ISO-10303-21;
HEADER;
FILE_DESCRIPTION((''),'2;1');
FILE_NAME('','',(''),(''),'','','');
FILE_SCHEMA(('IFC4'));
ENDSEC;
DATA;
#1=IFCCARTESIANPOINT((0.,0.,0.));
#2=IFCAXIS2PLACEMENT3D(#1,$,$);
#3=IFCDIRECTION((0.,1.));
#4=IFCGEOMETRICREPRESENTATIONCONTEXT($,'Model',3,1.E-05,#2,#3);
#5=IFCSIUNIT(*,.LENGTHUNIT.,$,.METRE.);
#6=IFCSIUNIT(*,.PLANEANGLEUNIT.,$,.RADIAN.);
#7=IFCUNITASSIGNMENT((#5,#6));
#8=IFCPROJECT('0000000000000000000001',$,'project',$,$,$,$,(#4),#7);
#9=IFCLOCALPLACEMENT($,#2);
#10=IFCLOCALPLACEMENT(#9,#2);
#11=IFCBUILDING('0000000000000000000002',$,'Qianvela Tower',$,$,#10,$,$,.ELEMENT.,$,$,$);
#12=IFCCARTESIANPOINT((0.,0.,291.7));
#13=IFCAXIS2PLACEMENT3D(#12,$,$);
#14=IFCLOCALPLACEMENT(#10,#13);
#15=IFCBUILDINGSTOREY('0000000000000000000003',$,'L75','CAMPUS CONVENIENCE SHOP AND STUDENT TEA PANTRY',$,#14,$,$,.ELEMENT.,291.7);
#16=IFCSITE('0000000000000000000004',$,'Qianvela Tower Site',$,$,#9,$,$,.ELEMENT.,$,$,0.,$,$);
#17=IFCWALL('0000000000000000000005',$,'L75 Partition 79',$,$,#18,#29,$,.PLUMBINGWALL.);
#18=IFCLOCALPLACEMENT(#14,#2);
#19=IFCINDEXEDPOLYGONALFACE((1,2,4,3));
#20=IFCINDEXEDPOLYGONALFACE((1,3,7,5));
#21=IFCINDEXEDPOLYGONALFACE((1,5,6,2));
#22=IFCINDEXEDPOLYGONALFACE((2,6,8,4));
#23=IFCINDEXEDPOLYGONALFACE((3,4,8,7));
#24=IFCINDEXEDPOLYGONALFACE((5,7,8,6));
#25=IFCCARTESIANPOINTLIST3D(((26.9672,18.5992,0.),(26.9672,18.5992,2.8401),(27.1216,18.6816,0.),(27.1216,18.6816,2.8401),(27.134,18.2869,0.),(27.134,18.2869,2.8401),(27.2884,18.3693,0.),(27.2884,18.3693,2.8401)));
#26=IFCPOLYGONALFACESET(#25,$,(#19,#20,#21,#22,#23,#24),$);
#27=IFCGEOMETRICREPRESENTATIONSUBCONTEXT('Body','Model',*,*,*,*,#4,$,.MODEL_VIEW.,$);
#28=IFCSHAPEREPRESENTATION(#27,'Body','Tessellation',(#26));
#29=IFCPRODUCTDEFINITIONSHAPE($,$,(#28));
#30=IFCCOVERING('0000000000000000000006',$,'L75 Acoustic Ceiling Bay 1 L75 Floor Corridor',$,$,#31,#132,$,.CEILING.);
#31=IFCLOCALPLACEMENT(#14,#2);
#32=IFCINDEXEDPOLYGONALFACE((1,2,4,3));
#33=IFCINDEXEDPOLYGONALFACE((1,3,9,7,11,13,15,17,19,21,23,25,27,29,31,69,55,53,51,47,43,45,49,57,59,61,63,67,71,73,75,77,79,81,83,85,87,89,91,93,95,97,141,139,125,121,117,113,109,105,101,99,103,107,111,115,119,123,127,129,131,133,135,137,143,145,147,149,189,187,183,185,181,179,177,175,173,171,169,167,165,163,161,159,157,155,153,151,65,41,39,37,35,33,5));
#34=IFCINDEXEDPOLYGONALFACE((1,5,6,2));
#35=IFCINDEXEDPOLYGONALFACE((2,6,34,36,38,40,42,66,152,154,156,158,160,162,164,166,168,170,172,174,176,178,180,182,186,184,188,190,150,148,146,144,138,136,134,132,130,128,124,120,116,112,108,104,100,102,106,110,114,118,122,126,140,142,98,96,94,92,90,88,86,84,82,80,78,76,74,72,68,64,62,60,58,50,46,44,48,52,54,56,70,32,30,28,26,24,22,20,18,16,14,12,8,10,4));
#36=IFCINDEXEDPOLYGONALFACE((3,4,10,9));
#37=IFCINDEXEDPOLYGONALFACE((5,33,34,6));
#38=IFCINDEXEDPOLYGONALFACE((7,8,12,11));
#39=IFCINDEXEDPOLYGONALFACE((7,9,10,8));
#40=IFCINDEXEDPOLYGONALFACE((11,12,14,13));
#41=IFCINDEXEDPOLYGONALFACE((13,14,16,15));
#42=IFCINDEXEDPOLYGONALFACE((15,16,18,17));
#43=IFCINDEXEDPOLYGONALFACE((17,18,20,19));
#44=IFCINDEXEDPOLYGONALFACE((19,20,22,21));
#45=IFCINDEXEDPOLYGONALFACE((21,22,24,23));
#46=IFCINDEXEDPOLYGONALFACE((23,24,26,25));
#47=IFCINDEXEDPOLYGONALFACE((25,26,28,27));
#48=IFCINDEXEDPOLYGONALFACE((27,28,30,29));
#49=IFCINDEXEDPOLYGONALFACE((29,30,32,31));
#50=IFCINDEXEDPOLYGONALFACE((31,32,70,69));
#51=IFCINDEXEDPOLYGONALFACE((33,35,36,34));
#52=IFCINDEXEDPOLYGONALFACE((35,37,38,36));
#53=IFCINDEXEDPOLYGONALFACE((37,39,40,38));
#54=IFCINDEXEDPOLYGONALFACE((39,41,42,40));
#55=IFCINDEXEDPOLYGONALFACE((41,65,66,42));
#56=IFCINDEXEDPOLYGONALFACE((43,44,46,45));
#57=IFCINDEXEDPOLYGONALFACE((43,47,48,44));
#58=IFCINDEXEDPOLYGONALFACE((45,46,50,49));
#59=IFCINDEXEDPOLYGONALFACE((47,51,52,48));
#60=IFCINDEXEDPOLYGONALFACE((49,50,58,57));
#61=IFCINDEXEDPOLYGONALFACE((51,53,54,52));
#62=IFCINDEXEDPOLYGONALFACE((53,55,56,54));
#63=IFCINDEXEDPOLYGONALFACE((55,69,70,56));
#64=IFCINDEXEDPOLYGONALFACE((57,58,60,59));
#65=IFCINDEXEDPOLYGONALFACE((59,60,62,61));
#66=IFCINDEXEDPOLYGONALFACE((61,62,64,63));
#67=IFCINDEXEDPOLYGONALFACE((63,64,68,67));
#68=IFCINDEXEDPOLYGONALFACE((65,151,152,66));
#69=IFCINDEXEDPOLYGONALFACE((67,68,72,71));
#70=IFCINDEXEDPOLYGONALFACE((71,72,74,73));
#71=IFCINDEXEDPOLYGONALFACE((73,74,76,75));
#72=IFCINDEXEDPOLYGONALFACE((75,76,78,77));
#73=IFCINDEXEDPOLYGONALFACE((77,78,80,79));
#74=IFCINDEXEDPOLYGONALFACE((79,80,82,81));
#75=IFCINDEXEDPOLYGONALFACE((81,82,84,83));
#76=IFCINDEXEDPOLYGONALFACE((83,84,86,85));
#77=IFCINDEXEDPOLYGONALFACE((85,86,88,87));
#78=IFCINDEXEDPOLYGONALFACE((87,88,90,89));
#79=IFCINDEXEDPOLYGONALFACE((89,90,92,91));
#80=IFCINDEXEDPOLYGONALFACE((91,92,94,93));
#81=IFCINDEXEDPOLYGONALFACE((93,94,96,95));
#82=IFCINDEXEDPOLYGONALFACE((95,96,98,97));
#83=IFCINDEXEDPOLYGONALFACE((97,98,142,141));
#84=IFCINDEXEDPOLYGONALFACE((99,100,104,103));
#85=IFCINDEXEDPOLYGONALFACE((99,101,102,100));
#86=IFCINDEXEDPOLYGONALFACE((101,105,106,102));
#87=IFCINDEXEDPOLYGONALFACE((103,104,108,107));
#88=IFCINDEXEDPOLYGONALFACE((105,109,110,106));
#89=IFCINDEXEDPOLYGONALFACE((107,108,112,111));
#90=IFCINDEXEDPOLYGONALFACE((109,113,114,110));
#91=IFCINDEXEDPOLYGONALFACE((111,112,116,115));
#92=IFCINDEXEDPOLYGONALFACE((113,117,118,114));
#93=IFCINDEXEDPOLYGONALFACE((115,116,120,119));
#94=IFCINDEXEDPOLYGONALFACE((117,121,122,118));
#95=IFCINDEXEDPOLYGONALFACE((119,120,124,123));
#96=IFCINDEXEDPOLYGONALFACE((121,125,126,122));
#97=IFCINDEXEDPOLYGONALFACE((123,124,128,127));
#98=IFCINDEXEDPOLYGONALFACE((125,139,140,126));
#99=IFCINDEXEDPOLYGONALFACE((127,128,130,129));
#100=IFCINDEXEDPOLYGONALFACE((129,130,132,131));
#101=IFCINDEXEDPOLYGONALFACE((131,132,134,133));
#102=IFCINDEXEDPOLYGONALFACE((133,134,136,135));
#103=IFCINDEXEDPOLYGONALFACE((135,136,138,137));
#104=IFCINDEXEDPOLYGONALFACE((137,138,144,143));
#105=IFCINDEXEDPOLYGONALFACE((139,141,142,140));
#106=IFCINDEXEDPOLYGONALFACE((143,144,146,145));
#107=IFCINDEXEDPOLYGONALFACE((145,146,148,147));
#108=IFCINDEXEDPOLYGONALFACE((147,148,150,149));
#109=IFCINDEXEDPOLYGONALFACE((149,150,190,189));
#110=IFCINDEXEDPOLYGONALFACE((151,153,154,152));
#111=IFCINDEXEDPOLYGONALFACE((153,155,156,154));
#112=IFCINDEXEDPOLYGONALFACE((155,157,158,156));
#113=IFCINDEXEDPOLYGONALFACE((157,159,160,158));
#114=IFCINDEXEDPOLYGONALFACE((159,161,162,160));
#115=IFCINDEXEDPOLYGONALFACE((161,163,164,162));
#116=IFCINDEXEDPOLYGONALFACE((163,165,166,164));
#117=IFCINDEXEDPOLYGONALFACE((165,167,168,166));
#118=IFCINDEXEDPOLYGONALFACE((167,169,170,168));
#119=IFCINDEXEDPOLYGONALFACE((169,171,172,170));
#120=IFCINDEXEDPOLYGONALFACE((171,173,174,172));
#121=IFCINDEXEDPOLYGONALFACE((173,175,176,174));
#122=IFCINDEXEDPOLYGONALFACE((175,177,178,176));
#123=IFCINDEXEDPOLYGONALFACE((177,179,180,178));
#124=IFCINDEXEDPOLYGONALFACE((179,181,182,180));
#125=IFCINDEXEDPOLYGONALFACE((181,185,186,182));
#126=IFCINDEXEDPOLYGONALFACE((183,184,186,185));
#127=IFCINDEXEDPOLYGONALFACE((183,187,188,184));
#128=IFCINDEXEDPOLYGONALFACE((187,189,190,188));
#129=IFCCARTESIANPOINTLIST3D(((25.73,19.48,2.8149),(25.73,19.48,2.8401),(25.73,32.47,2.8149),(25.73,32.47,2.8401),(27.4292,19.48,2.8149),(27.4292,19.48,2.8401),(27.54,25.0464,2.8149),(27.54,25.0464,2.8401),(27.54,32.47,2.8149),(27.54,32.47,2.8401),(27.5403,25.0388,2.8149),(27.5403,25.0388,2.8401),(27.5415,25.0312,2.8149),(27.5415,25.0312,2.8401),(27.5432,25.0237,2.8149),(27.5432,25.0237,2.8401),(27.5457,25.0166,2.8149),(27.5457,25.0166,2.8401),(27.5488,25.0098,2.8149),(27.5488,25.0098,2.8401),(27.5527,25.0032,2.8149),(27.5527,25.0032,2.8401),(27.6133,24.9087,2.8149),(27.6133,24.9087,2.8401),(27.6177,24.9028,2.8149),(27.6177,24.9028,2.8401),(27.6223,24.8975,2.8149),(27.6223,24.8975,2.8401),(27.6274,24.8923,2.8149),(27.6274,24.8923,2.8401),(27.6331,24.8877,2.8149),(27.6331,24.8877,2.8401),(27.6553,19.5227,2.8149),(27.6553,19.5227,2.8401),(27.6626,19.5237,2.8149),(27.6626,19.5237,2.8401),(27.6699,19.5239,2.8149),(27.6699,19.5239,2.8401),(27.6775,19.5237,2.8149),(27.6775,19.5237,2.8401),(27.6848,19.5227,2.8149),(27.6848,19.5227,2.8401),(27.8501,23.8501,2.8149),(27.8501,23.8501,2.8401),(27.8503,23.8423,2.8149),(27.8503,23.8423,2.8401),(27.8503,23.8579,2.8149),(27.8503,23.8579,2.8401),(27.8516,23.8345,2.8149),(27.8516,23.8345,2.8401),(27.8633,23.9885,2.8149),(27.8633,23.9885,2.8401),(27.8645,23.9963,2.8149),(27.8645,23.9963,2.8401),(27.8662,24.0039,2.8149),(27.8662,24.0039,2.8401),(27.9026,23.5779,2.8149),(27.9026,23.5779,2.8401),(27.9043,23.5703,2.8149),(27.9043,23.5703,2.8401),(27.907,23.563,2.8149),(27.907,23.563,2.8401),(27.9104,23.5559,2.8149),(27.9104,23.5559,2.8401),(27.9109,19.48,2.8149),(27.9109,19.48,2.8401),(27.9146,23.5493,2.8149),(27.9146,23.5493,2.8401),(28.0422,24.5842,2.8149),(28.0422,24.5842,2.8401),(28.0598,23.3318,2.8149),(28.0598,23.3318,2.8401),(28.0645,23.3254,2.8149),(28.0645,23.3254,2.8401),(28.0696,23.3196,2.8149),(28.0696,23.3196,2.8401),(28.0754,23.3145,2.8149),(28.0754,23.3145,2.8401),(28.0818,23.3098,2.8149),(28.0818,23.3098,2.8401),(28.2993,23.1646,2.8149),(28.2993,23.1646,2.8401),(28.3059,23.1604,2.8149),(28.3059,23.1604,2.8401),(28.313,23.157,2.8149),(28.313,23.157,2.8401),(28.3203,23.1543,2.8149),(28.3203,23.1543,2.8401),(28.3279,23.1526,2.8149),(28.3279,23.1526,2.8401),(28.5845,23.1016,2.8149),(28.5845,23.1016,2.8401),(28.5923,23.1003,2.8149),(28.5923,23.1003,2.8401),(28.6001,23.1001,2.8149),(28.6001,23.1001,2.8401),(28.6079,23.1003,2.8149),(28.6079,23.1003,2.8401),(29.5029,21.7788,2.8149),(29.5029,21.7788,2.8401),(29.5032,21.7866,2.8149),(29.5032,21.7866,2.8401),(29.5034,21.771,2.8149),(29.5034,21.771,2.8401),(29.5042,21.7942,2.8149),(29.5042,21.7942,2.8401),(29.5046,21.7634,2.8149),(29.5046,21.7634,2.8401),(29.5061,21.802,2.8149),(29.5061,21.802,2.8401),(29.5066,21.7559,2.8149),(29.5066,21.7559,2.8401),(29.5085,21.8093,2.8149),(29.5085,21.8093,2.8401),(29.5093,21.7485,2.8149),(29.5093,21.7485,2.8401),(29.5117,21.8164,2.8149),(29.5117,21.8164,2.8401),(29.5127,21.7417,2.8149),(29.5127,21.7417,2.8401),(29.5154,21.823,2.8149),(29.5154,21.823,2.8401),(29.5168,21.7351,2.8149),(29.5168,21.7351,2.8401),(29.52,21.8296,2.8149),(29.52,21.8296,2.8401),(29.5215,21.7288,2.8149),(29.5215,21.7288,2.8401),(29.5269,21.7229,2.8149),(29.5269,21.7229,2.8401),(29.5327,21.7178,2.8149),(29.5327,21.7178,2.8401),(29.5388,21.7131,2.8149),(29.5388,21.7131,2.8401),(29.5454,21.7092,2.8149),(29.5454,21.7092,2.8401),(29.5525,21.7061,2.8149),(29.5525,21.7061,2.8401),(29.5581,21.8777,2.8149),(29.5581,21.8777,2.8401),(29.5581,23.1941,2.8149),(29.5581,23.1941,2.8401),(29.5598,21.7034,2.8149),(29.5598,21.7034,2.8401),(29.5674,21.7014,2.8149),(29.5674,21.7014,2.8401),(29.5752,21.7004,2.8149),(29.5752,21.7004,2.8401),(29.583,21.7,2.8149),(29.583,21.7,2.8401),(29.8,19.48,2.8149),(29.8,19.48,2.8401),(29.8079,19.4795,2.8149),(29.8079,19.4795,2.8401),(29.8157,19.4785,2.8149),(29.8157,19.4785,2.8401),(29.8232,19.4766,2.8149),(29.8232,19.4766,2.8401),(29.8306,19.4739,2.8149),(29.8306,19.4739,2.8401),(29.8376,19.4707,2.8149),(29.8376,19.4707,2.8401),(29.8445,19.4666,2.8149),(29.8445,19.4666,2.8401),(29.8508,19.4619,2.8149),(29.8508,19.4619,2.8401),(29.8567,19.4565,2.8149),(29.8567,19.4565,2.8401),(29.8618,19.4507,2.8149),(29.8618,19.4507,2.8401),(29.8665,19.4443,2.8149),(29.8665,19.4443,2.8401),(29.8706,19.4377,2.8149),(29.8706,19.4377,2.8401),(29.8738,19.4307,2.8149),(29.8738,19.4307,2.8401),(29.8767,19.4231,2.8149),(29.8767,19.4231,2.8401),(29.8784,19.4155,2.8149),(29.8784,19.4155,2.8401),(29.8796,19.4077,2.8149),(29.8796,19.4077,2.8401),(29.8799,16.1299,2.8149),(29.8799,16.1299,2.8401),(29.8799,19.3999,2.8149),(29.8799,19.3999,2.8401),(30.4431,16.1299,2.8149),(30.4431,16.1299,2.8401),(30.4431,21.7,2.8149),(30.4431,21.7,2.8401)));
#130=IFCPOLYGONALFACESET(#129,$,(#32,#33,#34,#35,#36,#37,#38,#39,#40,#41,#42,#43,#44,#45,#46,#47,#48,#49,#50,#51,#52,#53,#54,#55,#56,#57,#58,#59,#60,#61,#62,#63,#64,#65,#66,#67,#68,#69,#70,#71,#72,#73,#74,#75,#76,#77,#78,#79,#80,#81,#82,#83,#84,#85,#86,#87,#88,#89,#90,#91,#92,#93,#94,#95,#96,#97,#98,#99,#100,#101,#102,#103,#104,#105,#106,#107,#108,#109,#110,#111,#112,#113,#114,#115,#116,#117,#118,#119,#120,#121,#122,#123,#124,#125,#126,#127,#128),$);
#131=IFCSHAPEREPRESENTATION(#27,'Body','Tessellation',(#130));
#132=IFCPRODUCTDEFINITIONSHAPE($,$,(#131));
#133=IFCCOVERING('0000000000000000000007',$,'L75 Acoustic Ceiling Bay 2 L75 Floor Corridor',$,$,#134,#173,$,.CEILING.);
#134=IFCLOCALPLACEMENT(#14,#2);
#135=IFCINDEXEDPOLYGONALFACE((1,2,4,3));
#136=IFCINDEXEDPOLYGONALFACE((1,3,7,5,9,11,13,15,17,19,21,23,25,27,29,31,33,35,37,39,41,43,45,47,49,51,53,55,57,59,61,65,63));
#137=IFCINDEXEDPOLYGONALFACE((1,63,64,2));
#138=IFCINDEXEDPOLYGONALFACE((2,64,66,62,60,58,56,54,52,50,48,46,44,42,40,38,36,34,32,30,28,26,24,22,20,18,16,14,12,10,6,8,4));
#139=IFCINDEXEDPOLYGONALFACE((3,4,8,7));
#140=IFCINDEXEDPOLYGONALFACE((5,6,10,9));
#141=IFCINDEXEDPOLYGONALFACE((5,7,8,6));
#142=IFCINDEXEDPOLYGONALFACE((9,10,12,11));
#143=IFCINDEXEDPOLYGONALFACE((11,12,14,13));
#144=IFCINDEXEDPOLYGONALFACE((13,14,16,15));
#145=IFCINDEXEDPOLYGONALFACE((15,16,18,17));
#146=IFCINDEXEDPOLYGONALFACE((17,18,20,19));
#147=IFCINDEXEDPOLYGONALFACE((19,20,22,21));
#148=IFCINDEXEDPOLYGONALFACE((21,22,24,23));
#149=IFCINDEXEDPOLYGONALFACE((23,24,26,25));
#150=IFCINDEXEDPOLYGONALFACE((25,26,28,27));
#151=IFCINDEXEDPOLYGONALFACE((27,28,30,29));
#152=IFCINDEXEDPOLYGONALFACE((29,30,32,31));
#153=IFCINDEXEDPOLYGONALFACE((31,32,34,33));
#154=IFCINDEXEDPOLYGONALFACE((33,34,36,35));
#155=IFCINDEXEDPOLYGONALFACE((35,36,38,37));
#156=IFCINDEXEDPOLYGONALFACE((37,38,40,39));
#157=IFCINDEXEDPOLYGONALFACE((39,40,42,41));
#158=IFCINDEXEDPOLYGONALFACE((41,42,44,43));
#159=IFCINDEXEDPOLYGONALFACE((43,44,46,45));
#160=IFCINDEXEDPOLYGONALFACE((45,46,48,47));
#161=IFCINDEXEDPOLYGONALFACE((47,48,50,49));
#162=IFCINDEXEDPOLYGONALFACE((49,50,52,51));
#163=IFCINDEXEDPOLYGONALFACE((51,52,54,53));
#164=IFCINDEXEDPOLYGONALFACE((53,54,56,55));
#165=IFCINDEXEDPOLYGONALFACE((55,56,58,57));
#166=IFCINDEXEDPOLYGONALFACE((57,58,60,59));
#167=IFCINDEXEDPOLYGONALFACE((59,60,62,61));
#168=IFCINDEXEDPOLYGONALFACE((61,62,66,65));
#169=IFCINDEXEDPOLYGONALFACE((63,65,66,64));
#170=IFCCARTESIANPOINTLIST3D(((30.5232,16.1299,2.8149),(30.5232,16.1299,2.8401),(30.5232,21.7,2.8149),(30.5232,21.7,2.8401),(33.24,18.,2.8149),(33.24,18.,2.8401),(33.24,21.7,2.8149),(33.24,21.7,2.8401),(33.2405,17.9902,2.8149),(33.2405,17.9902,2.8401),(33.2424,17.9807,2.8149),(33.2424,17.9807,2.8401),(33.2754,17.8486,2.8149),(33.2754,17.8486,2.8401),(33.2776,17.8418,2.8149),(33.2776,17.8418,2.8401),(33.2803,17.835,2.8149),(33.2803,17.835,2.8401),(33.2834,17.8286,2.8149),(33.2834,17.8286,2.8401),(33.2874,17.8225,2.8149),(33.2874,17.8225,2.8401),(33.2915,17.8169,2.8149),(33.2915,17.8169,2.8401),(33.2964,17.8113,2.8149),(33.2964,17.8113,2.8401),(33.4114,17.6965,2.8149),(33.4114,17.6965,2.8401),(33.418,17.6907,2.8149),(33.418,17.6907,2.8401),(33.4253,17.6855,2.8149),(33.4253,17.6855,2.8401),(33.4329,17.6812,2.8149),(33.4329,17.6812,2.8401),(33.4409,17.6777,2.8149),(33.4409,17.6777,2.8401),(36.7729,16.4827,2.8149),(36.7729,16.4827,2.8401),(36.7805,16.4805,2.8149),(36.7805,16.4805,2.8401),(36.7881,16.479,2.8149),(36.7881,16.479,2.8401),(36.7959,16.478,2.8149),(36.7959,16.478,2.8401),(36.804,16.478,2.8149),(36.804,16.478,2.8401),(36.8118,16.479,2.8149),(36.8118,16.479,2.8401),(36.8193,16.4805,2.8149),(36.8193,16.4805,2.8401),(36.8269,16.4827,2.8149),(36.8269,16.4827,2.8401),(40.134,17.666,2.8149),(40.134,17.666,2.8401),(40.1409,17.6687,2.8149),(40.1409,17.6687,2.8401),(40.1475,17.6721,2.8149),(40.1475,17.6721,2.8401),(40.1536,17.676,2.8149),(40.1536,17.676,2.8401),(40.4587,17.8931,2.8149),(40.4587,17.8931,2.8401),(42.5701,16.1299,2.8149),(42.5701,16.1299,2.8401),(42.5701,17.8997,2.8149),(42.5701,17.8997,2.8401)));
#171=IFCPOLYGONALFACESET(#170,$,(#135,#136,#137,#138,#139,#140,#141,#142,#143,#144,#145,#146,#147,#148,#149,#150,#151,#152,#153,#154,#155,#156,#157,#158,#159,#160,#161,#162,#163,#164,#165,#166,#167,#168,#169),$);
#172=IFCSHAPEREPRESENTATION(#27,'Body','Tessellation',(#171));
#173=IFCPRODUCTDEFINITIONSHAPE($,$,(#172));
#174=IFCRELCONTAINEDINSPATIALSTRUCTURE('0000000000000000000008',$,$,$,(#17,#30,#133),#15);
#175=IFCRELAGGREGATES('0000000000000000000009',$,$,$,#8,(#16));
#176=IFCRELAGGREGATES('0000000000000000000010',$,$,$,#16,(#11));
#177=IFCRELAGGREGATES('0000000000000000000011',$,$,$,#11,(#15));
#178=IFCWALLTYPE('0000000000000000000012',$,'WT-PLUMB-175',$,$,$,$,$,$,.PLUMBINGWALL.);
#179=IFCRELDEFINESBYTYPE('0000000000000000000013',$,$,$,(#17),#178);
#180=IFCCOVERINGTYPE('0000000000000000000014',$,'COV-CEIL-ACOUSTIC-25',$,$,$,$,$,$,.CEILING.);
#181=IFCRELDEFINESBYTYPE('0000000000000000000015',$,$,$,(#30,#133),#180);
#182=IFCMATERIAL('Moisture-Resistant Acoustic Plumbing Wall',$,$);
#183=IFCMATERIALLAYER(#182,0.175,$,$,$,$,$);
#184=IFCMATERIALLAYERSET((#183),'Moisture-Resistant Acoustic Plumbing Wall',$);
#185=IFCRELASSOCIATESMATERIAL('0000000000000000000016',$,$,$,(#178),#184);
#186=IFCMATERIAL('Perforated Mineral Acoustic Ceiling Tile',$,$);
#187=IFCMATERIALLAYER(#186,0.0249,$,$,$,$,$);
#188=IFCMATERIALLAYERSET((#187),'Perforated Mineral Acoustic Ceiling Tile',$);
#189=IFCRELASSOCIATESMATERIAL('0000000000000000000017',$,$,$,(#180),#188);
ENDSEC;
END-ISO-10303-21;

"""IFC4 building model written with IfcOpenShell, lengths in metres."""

from ifc_helpers import new_model, si_unit, direction, frame, frame_2d, origin, place, context, subcontext, project, spatial, polyline, rectangle, outline, extrude, material, layer, layer_set, type_object, element, save


model = new_model("IFC4")

# Units and contexts
model_context = context("Model", 3, precision=1e-05, world=origin(), true_north=direction((0.0, 1.0)))
body_context = subcontext(model_context, "Body", "Model", "MODEL_VIEW")
ifc_project = project(units=[si_unit("LENGTHUNIT", "METRE"), si_unit("PLANEANGLEUNIT", "RADIAN")], contexts=[model_context])

# Site, building, storey
site_placement = place(None, origin())
site = spatial("IfcSite", under=ifc_project, at=site_placement, Name="Qianvela Tower Site", CompositionType="ELEMENT", RefElevation=0.0)
building_placement = place(site_placement, origin())
building = spatial("IfcBuilding", under=site, at=building_placement, Name="Qianvela Tower", CompositionType="ELEMENT")
storey_placement = place(building_placement, frame((0.0, 0.0, 291.7)))
storey = spatial("IfcBuildingStorey", under=building, at=storey_placement, Name="L75", Description="CAMPUS CONVENIENCE SHOP AND STUDENT TEA PANTRY", CompositionType="ELEMENT", Elevation=291.7)

# Wall
ifc_material_1 = material(Name="Moisture-Resistant Acoustic Plumbing Wall")
ifc_layer_1 = layer(ifc_material_1, 0.175)
ifc_layer_set_1 = layer_set([ifc_layer_1], Name="Moisture-Resistant Acoustic Plumbing Wall")
wall_type_1 = type_object("IfcWallType", Name="WT-PLUMB-175", PredefinedType="PLUMBINGWALL", material=ifc_layer_set_1)
wall_1_placement = place(storey_placement, frame((27.0444, 18.6404, 0.0), z_axis=(0.0, 0.0, 1.0), x_axis=(0.471054, -0.882105, 0.0)))
element("IfcWall", 1, at=wall_1_placement, inside=storey, type_object=wall_type_1, Name="L75 Partition 79", PredefinedType="PLUMBINGWALL", context=body_context, shape_type="SweptSolid", body=[
    extrude(rectangle(XDim=0.354, YDim=0.175, at=frame_2d((0.177, 0.0))), origin(), (0.0, 0.0, 1.0), 2.8401),
])

# Coverings
ifc_material_2 = material(Name="Perforated Mineral Acoustic Ceiling Tile")
ifc_layer_2 = layer(ifc_material_2, 0.0249)
ifc_layer_set_2 = layer_set([ifc_layer_2], Name="Perforated Mineral Acoustic Ceiling Tile")
covering_type_1 = type_object("IfcCoveringType", Name="COV-CEIL-ACOUSTIC-25", PredefinedType="CEILING", material=ifc_layer_set_2)
covering_1_placement = place(storey_placement, frame((0.0, 0.0, 2.8149)))
element("IfcCovering", 2, at=covering_1_placement, inside=storey, type_object=covering_type_1, Name="L75 Acoustic Ceiling Bay 1 L75 Floor Corridor", PredefinedType="CEILING", context=body_context, shape_type="SweptSolid", body=[
    extrude(outline(polyline([(27.8501, 23.8501), (27.8503, 23.8423), (27.8516, 23.8345), (27.9026, 23.5779), (27.9043, 23.5703), (27.907, 23.563), (27.9104, 23.5559), (27.9146, 23.5493), (28.0598, 23.3318), (28.0645, 23.3254), (28.0696, 23.3196), (28.0754, 23.3145), (28.0818, 23.3098), (28.2993, 23.1646), (28.3059, 23.1604), (28.313, 23.157), (28.3203, 23.1543), (28.3279, 23.1526), (28.5845, 23.1016), (28.5923, 23.1003), (28.6001, 23.1001), (28.6079, 23.1003), (29.5581, 23.1941), (29.5581, 21.8777), (29.52, 21.8296), (29.5154, 21.823), (29.5117, 21.8164), (29.5085, 21.8093), (29.5061, 21.802), (29.5042, 21.7942), (29.5032, 21.7866), (29.5029, 21.7788), (29.5034, 21.771), (29.5046, 21.7634), (29.5066, 21.7559), (29.5093, 21.7485), (29.5127, 21.7417), (29.5168, 21.7351), (29.5215, 21.7288), (29.5269, 21.7229), (29.5327, 21.7178), (29.5388, 21.7131), (29.5454, 21.7092), (29.5525, 21.7061), (29.5598, 21.7034), (29.5674, 21.7014), (29.5752, 21.7004), (29.583, 21.7), (30.4431, 21.7), (30.4431, 16.1299), (29.8799, 16.1299), (29.8799, 19.3999), (29.8796, 19.4077), (29.8784, 19.4155), (29.8767, 19.4231), (29.8738, 19.4307), (29.8706, 19.4377), (29.8665, 19.4443), (29.8618, 19.4507), (29.8567, 19.4565), (29.8508, 19.4619), (29.8445, 19.4666), (29.8376, 19.4707), (29.8306, 19.4739), (29.8232, 19.4766), (29.8157, 19.4785), (29.8079, 19.4795), (29.8, 19.48), (27.9109, 19.48), (27.6848, 19.5227), (27.6775, 19.5237), (27.6699, 19.5239), (27.6626, 19.5237), (27.6553, 19.5227), (27.4292, 19.48), (25.73, 19.48), (25.73, 32.47), (27.54, 32.47), (27.54, 25.0464), (27.5403, 25.0388), (27.5415, 25.0312), (27.5432, 25.0237), (27.5457, 25.0166), (27.5488, 25.0098), (27.5527, 25.0032), (27.6133, 24.9087), (27.6177, 24.9028), (27.6223, 24.8975), (27.6274, 24.8923), (27.6331, 24.8877), (28.0422, 24.5842), (27.8662, 24.0039), (27.8645, 23.9963), (27.8633, 23.9885), (27.8503, 23.8579), (27.8501, 23.8501)])), origin(), (0.0, 0.0, 1.0), 0.0251),
])
covering_2_placement = place(storey_placement, frame((0.0, 0.0, 2.8149)))
element("IfcCovering", 3, at=covering_2_placement, inside=storey, type_object=covering_type_1, Name="L75 Acoustic Ceiling Bay 2 L75 Floor Corridor", PredefinedType="CEILING", context=body_context, shape_type="SweptSolid", body=[
    extrude(outline(polyline([(33.24, 21.7), (33.24, 18.0), (33.2405, 17.9902), (33.2424, 17.9807), (33.2754, 17.8486), (33.2776, 17.8418), (33.2803, 17.835), (33.2834, 17.8286), (33.2874, 17.8225), (33.2915, 17.8169), (33.2964, 17.8113), (33.4114, 17.6965), (33.418, 17.6907), (33.4253, 17.6855), (33.4329, 17.6812), (33.4409, 17.6777), (36.7729, 16.4827), (36.7805, 16.4805), (36.7881, 16.479), (36.7959, 16.478), (36.804, 16.478), (36.8118, 16.479), (36.8193, 16.4805), (36.8269, 16.4827), (40.134, 17.666), (40.1409, 17.6687), (40.1475, 17.6721), (40.1536, 17.676), (40.4587, 17.8931), (42.5701, 17.8997), (42.5701, 16.1299), (30.5232, 16.1299), (30.5232, 21.7), (33.24, 21.7)])), origin(), (0.0, 0.0, 1.0), 0.0251),
])

save(model, "model.ifc")
